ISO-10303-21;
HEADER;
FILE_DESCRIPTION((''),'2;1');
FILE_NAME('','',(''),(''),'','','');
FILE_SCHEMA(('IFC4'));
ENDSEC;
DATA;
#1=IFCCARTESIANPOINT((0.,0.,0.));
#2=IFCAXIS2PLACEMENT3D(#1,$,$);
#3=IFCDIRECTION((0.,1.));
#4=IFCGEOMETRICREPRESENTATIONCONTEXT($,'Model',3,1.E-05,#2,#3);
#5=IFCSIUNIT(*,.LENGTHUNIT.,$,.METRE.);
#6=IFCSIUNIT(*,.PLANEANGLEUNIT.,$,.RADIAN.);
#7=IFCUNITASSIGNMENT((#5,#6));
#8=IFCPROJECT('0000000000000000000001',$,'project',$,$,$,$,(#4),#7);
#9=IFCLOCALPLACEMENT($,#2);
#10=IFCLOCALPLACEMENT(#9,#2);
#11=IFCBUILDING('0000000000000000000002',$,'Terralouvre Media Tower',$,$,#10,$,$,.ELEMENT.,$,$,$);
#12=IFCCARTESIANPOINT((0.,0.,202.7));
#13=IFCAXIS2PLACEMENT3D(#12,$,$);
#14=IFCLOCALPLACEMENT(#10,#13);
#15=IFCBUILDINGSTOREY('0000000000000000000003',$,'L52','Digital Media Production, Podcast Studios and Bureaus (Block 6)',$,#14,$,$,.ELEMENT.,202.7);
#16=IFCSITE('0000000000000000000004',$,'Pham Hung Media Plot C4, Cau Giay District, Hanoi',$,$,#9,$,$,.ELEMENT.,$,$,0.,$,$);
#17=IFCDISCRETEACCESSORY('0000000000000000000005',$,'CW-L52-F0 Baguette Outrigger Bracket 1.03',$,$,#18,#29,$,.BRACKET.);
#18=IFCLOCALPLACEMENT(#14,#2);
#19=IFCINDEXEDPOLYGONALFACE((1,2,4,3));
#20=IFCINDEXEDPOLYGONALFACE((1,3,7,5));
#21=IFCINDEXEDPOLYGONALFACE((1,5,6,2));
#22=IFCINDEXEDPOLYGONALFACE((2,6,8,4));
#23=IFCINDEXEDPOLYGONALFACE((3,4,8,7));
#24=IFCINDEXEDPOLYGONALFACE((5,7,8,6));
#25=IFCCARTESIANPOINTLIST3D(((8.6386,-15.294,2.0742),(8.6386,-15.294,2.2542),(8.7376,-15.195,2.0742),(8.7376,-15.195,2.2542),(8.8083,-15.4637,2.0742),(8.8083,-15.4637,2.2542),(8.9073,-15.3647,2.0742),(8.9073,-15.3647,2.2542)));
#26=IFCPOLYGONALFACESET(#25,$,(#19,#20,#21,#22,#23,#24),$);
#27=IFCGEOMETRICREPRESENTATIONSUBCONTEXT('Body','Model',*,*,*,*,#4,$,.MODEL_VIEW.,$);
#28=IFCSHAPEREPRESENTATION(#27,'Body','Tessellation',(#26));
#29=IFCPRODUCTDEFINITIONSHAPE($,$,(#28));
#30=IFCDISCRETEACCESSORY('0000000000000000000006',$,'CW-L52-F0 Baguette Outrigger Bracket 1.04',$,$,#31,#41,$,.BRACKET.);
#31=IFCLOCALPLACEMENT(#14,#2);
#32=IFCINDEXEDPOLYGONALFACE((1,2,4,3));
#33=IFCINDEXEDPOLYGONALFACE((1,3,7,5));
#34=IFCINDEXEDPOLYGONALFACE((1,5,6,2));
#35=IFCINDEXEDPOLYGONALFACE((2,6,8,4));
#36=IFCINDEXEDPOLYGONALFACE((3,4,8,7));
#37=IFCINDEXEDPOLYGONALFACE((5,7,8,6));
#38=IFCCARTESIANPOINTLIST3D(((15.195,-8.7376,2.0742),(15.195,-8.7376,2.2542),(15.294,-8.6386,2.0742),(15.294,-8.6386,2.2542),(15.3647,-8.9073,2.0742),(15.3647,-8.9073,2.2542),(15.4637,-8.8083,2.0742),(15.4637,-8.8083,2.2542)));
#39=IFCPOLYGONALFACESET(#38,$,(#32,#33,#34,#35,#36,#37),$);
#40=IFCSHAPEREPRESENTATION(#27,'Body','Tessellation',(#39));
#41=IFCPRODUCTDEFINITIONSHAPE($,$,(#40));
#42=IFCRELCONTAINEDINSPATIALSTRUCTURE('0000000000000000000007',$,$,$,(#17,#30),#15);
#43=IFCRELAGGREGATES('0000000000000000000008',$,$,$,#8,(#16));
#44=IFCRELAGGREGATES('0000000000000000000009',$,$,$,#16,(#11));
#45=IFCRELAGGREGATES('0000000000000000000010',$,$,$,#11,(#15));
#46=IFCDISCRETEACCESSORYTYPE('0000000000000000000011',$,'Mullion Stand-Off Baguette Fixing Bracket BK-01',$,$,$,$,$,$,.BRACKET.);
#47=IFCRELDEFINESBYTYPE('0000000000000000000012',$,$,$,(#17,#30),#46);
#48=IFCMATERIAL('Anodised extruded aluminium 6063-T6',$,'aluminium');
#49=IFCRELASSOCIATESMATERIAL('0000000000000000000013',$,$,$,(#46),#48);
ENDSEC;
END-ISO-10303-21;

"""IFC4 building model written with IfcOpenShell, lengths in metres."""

from ifc_helpers import new_model, si_unit, direction, frame, origin, origin_2d, place, context, subcontext, project, spatial, rectangle, extrude, material, type_object, element, save


model = new_model("IFC4")

# Units and contexts
model_context = context("Model", 3, precision=1e-05, world=origin(), true_north=direction((0.0, 1.0)))
body_context = subcontext(model_context, "Body", "Model", "MODEL_VIEW")
ifc_project = project(units=[si_unit("LENGTHUNIT", "METRE"), si_unit("PLANEANGLEUNIT", "RADIAN")], contexts=[model_context])

# Site, building, storey
site_placement = place(None, origin())
site = spatial("IfcSite", under=ifc_project, at=site_placement, Name="Pham Hung Media Plot C4, Cau Giay District, Hanoi", CompositionType="ELEMENT", RefElevation=0.0)
building_placement = place(site_placement, origin())
building = spatial("IfcBuilding", under=site, at=building_placement, Name="Terralouvre Media Tower", CompositionType="ELEMENT")
storey_placement = place(building_placement, frame((0.0, 0.0, 202.7)))
storey = spatial("IfcBuildingStorey", under=building, at=storey_placement, Name="L52", Description="Digital Media Production, Podcast Studios and Bureaus (Block 6)", CompositionType="ELEMENT", Elevation=202.7)

# Discrete accessories
ifc_material_1 = material(Name="Anodised extruded aluminium 6063-T6", Category="aluminium")
discrete_accessory_type = type_object("IfcDiscreteAccessoryType", Name="Mullion Stand-Off Baguette Fixing Bracket BK-01", PredefinedType="BRACKET", material=ifc_material_1)
for number, where, z_axis, x_axis, name in (
    (1, (8.7729, -15.3293, 2.0742), (0.0, 0.0, 1.0), (0.707107, 0.707107, 0.0), "CW-L52-F0 Baguette Outrigger Bracket 1.03"),
    (2, (15.3293, -8.7729, 2.0742), (0.0, 0.0, 1.0), (0.707107, 0.707107, 0.0), "CW-L52-F0 Baguette Outrigger Bracket 1.04"),
):
    element("IfcDiscreteAccessory", number, at=place(storey_placement, frame(where, z_axis=z_axis, x_axis=x_axis)), inside=storey, type_object=discrete_accessory_type, Name=name, PredefinedType="BRACKET", context=body_context, shape_type="SweptSolid", body=[
        extrude(rectangle(XDim=0.1399, YDim=0.24, at=origin_2d()), origin(), (0.0, 0.0, 1.0), 0.1799),
    ])

save(model, "model.ifc")
